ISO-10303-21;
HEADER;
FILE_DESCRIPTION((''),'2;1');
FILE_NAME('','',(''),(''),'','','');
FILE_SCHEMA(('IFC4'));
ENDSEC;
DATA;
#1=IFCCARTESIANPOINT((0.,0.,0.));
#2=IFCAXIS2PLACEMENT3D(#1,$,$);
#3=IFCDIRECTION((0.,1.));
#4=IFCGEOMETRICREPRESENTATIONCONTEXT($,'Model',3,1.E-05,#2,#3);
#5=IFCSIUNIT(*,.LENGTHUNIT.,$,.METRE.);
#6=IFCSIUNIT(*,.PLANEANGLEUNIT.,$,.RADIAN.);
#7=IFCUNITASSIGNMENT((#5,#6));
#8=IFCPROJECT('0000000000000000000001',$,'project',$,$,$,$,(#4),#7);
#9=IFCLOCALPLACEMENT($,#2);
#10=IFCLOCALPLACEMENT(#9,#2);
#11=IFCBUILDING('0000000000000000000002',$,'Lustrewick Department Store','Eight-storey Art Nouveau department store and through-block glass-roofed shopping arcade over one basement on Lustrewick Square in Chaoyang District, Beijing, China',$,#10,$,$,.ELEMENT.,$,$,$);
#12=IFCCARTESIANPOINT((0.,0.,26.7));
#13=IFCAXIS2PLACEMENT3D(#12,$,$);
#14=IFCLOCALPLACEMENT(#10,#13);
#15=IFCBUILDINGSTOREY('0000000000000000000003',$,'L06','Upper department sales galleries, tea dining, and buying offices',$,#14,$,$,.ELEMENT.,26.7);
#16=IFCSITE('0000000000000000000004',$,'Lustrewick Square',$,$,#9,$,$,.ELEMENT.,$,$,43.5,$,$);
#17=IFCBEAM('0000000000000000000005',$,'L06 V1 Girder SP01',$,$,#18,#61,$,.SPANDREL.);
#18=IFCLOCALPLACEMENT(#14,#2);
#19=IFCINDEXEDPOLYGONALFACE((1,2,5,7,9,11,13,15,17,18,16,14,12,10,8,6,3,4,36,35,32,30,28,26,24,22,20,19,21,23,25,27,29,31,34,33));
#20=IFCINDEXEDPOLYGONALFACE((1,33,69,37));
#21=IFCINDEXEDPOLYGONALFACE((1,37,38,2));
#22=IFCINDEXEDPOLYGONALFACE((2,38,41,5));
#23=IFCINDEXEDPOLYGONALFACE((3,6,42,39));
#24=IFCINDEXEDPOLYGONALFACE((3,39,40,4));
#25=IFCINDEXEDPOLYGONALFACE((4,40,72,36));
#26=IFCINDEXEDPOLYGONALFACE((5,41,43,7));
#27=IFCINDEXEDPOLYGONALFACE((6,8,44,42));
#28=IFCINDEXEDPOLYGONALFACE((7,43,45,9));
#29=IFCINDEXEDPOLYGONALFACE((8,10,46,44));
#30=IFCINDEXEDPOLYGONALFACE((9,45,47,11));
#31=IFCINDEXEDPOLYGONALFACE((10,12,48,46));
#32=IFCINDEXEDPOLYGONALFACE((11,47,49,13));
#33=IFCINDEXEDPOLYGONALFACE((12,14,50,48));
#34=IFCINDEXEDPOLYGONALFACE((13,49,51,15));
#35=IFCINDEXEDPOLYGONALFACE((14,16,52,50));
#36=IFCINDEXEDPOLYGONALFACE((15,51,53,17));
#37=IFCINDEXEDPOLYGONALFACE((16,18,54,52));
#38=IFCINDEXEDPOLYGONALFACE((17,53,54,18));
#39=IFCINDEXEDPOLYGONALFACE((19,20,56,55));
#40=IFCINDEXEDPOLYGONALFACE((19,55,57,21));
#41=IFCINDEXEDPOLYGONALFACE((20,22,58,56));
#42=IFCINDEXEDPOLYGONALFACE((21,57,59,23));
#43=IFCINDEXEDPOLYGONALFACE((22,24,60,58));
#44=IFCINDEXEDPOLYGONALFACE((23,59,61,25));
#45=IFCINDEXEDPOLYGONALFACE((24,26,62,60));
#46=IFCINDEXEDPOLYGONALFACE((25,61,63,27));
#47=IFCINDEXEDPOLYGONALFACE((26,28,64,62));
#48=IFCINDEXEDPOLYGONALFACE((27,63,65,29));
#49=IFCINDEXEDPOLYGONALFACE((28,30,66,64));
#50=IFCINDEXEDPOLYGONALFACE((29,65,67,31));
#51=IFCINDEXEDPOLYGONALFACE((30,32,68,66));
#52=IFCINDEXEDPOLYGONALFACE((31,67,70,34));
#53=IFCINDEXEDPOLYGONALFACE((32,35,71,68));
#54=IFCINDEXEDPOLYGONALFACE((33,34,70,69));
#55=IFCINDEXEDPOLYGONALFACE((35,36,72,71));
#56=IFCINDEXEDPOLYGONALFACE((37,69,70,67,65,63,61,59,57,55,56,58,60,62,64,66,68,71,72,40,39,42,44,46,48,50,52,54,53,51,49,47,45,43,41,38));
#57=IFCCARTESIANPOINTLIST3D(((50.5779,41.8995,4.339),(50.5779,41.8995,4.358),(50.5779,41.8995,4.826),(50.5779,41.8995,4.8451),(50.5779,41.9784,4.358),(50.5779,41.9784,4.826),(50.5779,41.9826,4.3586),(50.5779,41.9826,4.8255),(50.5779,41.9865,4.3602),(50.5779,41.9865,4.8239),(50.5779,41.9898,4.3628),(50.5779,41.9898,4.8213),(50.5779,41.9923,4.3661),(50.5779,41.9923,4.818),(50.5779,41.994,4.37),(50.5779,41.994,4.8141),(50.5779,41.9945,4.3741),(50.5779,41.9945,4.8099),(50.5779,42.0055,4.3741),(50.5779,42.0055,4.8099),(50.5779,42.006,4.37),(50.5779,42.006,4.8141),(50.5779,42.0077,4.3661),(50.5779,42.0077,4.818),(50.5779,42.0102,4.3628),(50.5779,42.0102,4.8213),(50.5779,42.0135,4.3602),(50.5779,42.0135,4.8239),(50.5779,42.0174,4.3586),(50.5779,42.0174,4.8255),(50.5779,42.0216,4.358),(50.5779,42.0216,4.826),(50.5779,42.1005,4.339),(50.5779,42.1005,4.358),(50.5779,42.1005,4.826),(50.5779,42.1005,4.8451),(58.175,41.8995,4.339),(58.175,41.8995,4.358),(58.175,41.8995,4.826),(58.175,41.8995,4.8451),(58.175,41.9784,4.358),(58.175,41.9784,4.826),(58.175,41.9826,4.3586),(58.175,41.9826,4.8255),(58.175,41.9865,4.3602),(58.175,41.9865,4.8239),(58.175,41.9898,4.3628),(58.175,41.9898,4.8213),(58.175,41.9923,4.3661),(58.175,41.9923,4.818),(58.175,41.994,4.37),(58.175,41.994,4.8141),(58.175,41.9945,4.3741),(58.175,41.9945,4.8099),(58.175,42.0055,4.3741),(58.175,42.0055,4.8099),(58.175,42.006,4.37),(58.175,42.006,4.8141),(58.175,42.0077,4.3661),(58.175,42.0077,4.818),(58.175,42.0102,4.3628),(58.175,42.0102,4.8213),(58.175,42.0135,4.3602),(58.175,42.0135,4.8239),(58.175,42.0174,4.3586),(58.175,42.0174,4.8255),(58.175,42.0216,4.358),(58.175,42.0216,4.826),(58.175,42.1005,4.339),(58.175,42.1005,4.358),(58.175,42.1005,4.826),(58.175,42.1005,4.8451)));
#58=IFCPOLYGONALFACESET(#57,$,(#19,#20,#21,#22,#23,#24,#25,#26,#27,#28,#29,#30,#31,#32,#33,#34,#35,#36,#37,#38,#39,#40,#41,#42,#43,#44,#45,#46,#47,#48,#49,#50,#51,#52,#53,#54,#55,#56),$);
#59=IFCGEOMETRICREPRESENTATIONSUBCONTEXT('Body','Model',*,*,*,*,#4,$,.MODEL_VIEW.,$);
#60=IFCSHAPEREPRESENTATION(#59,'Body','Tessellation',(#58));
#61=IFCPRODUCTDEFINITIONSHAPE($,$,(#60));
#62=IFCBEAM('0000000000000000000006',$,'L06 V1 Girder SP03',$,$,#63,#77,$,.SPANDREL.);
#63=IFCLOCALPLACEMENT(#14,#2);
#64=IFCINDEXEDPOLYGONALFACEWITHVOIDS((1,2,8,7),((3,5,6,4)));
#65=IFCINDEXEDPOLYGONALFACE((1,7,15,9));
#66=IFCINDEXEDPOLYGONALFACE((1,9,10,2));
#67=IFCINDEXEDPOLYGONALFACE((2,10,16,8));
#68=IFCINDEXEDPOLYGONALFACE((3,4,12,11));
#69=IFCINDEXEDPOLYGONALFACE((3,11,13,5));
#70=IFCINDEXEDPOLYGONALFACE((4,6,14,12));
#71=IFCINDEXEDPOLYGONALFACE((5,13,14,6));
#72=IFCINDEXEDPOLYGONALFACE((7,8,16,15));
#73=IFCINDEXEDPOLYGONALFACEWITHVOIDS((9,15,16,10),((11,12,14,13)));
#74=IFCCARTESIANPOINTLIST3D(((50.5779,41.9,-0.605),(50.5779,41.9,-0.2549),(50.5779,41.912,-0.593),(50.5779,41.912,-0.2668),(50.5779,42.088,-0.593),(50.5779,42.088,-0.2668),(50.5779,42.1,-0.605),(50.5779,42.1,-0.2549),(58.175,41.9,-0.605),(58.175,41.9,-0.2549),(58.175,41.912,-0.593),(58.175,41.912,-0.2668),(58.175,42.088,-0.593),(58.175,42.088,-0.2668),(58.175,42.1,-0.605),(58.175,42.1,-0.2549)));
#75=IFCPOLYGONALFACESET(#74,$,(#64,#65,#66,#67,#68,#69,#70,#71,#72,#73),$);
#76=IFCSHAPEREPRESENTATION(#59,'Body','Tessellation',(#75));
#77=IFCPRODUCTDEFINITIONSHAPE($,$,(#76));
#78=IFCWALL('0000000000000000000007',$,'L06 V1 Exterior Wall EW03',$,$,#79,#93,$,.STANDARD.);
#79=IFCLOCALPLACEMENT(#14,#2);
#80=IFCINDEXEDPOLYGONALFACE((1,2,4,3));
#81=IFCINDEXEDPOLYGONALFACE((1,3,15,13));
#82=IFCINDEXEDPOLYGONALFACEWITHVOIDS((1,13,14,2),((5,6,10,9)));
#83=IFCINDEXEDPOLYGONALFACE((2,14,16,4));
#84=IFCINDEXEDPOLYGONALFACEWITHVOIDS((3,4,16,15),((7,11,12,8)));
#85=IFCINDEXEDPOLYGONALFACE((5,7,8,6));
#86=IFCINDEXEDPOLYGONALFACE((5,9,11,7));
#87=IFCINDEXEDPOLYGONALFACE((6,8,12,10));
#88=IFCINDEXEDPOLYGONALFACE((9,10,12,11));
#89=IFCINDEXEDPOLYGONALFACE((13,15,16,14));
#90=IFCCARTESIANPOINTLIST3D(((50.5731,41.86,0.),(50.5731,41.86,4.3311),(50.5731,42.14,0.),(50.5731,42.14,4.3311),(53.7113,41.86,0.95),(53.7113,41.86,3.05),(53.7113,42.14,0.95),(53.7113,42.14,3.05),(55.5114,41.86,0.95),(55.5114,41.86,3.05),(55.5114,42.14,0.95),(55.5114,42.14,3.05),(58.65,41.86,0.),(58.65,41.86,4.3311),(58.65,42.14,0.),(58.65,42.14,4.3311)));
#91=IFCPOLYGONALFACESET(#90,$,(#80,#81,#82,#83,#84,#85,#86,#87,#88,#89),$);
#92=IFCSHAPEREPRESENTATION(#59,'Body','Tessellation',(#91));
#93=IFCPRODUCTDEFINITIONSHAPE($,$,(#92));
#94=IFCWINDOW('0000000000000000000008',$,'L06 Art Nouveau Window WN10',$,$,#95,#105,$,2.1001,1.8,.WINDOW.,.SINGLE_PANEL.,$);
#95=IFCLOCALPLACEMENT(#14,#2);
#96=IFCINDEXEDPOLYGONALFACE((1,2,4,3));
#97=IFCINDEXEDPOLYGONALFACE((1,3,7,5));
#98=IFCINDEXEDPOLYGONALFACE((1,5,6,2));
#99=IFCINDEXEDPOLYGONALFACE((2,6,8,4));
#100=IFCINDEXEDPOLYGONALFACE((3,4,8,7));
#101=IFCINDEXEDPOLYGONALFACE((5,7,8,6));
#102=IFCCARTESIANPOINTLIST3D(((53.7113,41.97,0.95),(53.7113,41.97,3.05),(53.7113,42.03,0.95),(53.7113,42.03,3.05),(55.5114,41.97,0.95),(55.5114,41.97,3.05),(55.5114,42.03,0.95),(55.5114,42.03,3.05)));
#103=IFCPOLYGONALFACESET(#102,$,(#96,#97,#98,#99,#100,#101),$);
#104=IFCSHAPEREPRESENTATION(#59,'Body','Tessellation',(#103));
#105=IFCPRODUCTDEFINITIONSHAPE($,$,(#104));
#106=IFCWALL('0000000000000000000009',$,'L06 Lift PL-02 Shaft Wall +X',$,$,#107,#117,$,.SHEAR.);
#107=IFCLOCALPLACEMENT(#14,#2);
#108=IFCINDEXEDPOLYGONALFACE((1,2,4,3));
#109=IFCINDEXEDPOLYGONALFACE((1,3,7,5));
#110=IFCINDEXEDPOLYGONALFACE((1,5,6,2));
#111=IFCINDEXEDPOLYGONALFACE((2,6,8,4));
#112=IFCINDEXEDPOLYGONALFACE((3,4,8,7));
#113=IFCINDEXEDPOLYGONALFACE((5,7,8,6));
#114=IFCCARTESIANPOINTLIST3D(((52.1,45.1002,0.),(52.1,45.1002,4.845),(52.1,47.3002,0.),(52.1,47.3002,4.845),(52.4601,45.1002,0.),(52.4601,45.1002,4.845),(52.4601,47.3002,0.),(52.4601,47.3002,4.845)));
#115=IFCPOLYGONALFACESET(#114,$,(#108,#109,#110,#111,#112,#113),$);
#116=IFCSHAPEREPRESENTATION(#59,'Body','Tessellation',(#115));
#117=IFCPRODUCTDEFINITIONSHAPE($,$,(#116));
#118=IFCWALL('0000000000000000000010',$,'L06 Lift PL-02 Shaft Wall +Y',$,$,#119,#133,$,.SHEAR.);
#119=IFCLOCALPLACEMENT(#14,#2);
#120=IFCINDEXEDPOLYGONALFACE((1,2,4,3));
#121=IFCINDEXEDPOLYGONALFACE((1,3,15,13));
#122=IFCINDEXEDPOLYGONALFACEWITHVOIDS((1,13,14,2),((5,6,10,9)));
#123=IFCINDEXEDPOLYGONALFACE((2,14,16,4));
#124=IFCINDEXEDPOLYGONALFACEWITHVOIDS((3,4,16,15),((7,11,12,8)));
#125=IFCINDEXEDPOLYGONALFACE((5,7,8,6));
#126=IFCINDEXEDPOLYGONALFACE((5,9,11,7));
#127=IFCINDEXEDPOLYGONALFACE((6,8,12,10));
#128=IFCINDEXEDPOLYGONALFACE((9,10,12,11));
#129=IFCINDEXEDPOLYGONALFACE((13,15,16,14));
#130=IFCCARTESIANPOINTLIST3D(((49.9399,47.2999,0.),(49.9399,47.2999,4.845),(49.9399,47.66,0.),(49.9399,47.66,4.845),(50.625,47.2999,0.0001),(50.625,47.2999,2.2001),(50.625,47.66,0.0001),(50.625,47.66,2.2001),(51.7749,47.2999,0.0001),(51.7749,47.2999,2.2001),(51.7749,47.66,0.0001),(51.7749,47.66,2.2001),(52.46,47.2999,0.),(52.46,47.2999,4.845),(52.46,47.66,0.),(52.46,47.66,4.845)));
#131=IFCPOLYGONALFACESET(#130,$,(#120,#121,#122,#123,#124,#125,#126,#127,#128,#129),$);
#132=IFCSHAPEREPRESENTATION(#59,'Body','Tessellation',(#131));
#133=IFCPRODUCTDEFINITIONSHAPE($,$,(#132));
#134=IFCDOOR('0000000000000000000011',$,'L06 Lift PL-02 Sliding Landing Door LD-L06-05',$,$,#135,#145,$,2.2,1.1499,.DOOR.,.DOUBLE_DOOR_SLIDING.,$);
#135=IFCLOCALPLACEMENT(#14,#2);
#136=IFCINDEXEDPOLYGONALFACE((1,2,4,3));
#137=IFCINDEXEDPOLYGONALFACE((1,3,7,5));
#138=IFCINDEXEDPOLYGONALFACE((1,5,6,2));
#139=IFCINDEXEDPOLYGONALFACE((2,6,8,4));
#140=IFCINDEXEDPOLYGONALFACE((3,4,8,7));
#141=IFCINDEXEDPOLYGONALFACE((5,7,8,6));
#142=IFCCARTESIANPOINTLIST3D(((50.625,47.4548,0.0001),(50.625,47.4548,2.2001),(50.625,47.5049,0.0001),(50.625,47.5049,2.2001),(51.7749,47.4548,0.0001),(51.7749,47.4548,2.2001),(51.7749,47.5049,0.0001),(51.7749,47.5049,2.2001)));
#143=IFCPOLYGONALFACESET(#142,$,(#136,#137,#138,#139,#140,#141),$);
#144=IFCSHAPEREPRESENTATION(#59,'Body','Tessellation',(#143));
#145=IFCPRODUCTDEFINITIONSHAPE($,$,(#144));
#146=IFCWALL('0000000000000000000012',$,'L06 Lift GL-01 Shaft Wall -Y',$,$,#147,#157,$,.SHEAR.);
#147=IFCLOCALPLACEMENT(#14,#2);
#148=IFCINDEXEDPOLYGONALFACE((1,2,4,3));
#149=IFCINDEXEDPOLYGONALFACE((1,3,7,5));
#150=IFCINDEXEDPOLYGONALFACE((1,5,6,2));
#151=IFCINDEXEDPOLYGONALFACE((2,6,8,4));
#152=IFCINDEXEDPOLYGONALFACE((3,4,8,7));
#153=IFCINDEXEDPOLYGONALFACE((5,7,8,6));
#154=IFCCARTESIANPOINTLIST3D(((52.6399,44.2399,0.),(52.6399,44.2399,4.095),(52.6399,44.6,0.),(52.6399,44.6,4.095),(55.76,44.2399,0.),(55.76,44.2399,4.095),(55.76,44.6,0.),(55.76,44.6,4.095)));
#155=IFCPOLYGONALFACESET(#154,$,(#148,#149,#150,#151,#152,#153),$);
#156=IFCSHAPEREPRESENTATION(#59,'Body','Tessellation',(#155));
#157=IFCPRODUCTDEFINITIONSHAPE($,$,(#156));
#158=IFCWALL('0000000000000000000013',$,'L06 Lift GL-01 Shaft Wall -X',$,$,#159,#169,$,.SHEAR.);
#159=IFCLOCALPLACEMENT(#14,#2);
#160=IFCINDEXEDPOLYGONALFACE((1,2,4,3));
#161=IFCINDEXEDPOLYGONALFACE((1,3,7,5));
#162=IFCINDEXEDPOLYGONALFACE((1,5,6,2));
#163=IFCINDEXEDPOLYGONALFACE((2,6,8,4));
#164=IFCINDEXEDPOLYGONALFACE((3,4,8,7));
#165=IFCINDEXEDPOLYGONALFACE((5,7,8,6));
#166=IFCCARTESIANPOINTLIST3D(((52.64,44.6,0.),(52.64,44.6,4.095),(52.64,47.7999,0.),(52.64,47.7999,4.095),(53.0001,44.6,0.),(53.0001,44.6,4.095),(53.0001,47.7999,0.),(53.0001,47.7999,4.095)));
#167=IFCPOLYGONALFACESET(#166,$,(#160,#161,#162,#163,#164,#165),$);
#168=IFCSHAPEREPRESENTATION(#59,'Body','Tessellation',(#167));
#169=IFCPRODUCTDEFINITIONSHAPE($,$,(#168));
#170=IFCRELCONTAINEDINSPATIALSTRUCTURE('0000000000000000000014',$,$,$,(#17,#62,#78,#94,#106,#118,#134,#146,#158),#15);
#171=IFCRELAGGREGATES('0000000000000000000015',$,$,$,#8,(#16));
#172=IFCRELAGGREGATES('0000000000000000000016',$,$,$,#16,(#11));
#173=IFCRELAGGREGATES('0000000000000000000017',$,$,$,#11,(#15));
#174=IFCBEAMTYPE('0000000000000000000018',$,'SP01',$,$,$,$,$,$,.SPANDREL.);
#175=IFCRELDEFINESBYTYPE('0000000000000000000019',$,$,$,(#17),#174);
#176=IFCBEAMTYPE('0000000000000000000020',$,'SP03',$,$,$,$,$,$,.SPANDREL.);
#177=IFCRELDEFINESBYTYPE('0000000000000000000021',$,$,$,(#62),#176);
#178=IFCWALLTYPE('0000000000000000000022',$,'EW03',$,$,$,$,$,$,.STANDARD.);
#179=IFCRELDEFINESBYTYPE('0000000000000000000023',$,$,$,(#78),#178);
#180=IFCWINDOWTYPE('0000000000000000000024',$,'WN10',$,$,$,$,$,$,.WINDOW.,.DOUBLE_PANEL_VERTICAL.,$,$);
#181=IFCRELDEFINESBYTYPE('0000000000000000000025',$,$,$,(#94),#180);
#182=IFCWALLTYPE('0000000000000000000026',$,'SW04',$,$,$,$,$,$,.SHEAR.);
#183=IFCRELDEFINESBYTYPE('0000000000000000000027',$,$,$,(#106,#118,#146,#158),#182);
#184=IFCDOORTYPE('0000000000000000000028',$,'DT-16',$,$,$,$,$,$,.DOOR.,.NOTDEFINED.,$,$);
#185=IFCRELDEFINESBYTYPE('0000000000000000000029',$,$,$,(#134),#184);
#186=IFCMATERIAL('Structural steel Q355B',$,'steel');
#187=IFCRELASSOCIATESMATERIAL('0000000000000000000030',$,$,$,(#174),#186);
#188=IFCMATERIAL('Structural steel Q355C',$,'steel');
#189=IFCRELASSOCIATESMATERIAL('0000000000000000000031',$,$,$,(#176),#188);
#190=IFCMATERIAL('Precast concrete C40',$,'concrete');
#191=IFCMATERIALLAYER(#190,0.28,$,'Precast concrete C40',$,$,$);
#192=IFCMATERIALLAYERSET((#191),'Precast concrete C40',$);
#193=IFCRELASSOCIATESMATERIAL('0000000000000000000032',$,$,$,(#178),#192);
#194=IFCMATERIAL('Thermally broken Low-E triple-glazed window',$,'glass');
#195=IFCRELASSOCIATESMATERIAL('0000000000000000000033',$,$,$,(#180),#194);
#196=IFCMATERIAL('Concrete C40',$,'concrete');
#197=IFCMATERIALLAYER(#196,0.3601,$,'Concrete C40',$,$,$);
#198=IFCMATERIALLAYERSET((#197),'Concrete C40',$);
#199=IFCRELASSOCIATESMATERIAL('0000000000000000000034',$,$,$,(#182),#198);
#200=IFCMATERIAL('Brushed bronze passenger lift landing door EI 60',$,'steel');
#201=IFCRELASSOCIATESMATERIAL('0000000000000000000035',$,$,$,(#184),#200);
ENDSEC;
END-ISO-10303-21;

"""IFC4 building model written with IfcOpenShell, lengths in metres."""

from ifc_helpers import new_model, si_unit, direction, frame, frame_2d, origin, origin_2d, place, context, subcontext, project, spatial, rectangle, hollow_rectangle, i_section, extrude, material, layer, layer_set, material_profile, profile_set, type_object, element, fill, save


model = new_model("IFC4")

# Units and contexts
model_context = context("Model", 3, precision=1e-05, world=origin(), true_north=direction((0.0, 1.0)))
body_context = subcontext(model_context, "Body", "Model", "MODEL_VIEW")
ifc_project = project(units=[si_unit("LENGTHUNIT", "METRE"), si_unit("PLANEANGLEUNIT", "RADIAN")], contexts=[model_context])

# Site, building, storey
site_placement = place(None, origin())
site = spatial("IfcSite", under=ifc_project, at=site_placement, Name="Lustrewick Square", CompositionType="ELEMENT", RefElevation=43.5)
building_placement = place(site_placement, origin())
building = spatial("IfcBuilding", under=site, at=building_placement, Name="Lustrewick Department Store", Description="Eight-storey Art Nouveau department store and through-block glass-roofed shopping arcade over one basement on Lustrewick Square in Chaoyang District, Beijing, China", CompositionType="ELEMENT")
storey_placement = place(building_placement, frame((0.0, 0.0, 26.7)))
storey = spatial("IfcBuildingStorey", under=building, at=storey_placement, Name="L06", Description="Upper department sales galleries, tea dining, and buying offices", CompositionType="ELEMENT", Elevation=26.7)

# Shared definitions
ifc_material_1 = material(Name="Structural steel Q355B", Category="steel")

# Beams
ifc_material_2 = material(Name="Structural steel Q355C", Category="steel")
ifc_material_profile_1 = material_profile(ifc_material_1, i_section(OverallWidth=0.2009, OverallDepth=0.5061, WebThickness=0.011, FlangeThickness=0.019, FilletRadius=0.0161, at=origin_2d()), Name="HN 506x201x11x19")
ifc_profile_set_1 = profile_set([ifc_material_profile_1], Name="Structural steel Q355B")
beam_type_1 = type_object("IfcBeamType", Name="SP01", PredefinedType="SPANDREL", material=ifc_profile_set_1)
beam_1_placement = place(storey_placement, frame((50.5779, 42.0, 4.592), z_axis=(1.0, 0.0, 0.0), x_axis=(0.0, 1.0, 0.0)))
element("IfcBeam", 1, at=beam_1_placement, inside=storey, type_object=beam_type_1, Name="L06 V1 Girder SP01", PredefinedType="SPANDREL", context=body_context, shape_type="SweptSolid", body=[
    extrude(i_section(OverallWidth=0.2009, OverallDepth=0.5061, WebThickness=0.011, FlangeThickness=0.019, FilletRadius=0.0161, at=origin_2d()), origin(), (0.0, 0.0, 1.0), 7.5972),
])
ifc_material_profile_2 = material_profile(ifc_material_2, hollow_rectangle(XDim=0.2, YDim=0.3501, WallThickness=0.012, at=origin_2d()), Name="RHS 350x200x12")
ifc_profile_set_2 = profile_set([ifc_material_profile_2], Name="Structural steel Q355C")
beam_type_2 = type_object("IfcBeamType", Name="SP03", PredefinedType="SPANDREL", material=ifc_profile_set_2)
beam_2_placement = place(storey_placement, frame((50.5779, 42.0, -0.4299), z_axis=(1.0, 0.0, 0.0), x_axis=(0.0, 1.0, 0.0)))
element("IfcBeam", 2, at=beam_2_placement, inside=storey, type_object=beam_type_2, Name="L06 V1 Girder SP03", PredefinedType="SPANDREL", context=body_context, shape_type="SweptSolid", body=[
    extrude(hollow_rectangle(XDim=0.2, YDim=0.3501, WallThickness=0.012, at=origin_2d()), origin(), (0.0, 0.0, 1.0), 7.5972),
])

# Wall, opening, window
ifc_material_3 = material(Name="Precast concrete C40", Category="concrete")
ifc_layer_1 = layer(ifc_material_3, 0.28, Name="Precast concrete C40")
ifc_layer_set_1 = layer_set([ifc_layer_1], Name="Precast concrete C40")
wall_type_1 = type_object("IfcWallType", Name="EW03", PredefinedType="STANDARD", material=ifc_layer_set_1)
wall_1_placement = place(storey_placement, frame((50.573, 42.0, 0.0), z_axis=(0.0, 0.0, 1.0), x_axis=(1.0, 0.0, 0.0)))
wall_1 = element("IfcWall", 3, at=wall_1_placement, inside=storey, type_object=wall_type_1, Name="L06 V1 Exterior Wall EW03", PredefinedType="STANDARD", context=body_context, shape_type="SweptSolid", body=[
    extrude(rectangle(XDim=8.0769, YDim=0.28, at=frame_2d((4.0386, 0.0))), origin(), (0.0, 0.0, 1.0), 4.3311),
])
opening_1_placement = place(wall_1_placement, frame((3.1384, 0.0, 0.95)))
opening_1 = element("IfcOpeningElement", 4, at=opening_1_placement, cuts=wall_1, PredefinedType="OPENING", context=body_context, shape_type="SweptSolid", body=[
    extrude(rectangle(XDim=1.8, YDim=2.1001, at=frame_2d((0.8999, 1.05))), frame((0.0, 0.1499, 0.0), z_axis=(0.0, -1.0, 0.0), x_axis=(1.0, 0.0, 0.0)), (0.0, 0.0, 1.0), 0.3),
])
ifc_material_4 = material(Name="Thermally broken Low-E triple-glazed window", Category="glass")
window_type = type_object("IfcWindowType", Name="WN10", PartitioningType="DOUBLE_PANEL_VERTICAL", PredefinedType="WINDOW", material=ifc_material_4)
window_placement = place(opening_1_placement, origin())
window = element("IfcWindow", 5, at=window_placement, inside=storey, type_object=window_type, Name="L06 Art Nouveau Window WN10", OverallHeight=2.1001, OverallWidth=1.8, PartitioningType="SINGLE_PANEL", PredefinedType="WINDOW", context=body_context, shape_type="SweptSolid", body=[
    extrude(rectangle(XDim=1.8, YDim=2.1001, at=frame_2d((0.8999, 1.05))), frame((0.0, 0.03, 0.0), z_axis=(0.0, -1.0, 0.0), x_axis=(1.0, 0.0, 0.0)), (0.0, 0.0, 1.0), 0.0601),
])
fill(opening_1, window)

# Wall
ifc_material_5 = material(Name="Concrete C40", Category="concrete")
ifc_layer_2 = layer(ifc_material_5, 0.3601, Name="Concrete C40")
ifc_layer_set_2 = layer_set([ifc_layer_2], Name="Concrete C40")
wall_type_2 = type_object("IfcWallType", Name="SW04", PredefinedType="SHEAR", material=ifc_layer_set_2)
wall_2_placement = place(storey_placement, frame((52.28, 45.1001, 0.0), z_axis=(0.0, 0.0, 1.0), x_axis=(0.0, 1.0, 0.0)))
element("IfcWall", 6, at=wall_2_placement, inside=storey, type_object=wall_type_2, Name="L06 Lift PL-02 Shaft Wall +X", PredefinedType="SHEAR", context=body_context, shape_type="SweptSolid", body=[
    extrude(rectangle(XDim=2.2, YDim=0.3601, at=frame_2d((1.1001, 0.0))), origin(), (0.0, 0.0, 1.0), 4.845),
])

# Wall, opening, door
wall_3_placement = place(storey_placement, frame((52.46, 47.48, 0.0), z_axis=(0.0, 0.0, 1.0), x_axis=(-1.0, 0.0, 0.0)))
wall_3 = element("IfcWall", 7, at=wall_3_placement, inside=storey, type_object=wall_type_2, Name="L06 Lift PL-02 Shaft Wall +Y", PredefinedType="SHEAR", context=body_context, shape_type="SweptSolid", body=[
    extrude(rectangle(XDim=2.52, YDim=0.3601, at=frame_2d((1.26, 0.0))), origin(), (0.0, 0.0, 1.0), 4.845),
])
opening_2_placement = place(wall_3_placement, frame((0.6851, 0.0, 0.0)))
opening_2 = element("IfcOpeningElement", 8, at=opening_2_placement, cuts=wall_3, PredefinedType="OPENING", context=body_context, shape_type="SweptSolid", body=[
    extrude(rectangle(XDim=1.1499, YDim=2.2, at=frame_2d((0.575, 1.1001))), frame((0.0, 0.1899, 0.0), z_axis=(0.0, -1.0, 0.0), x_axis=(1.0, 0.0, 0.0)), (0.0, 0.0, 1.0), 0.3801),
])
ifc_material_6 = material(Name="Brushed bronze passenger lift landing door EI 60", Category="steel")
door_type = type_object("IfcDoorType", Name="DT-16", OperationType="NOTDEFINED", PredefinedType="DOOR", material=ifc_material_6)
door_placement = place(opening_2_placement, frame((1.1499, 0.0, 0.0), z_axis=(0.0, 0.0, 1.0), x_axis=(-1.0, 0.0, 0.0)))
door = element("IfcDoor", 9, at=door_placement, inside=storey, type_object=door_type, Name="L06 Lift PL-02 Sliding Landing Door LD-L06-05", OperationType="DOUBLE_DOOR_SLIDING", OverallHeight=2.2, OverallWidth=1.1499, PredefinedType="DOOR", context=body_context, shape_type="SweptSolid", body=[
    extrude(rectangle(XDim=1.1499, YDim=2.2, at=frame_2d((0.575, 1.1001))), frame((0.0, 0.0249, 0.0), z_axis=(0.0, -1.0, 0.0), x_axis=(1.0, 0.0, 0.0)), (0.0, 0.0, 1.0), 0.05),
])
fill(opening_2, door)

# Walls
wall_4_placement = place(storey_placement, frame((52.6399, 44.4199, 0.0), z_axis=(0.0, 0.0, 1.0), x_axis=(1.0, 0.0, 0.0)))
element("IfcWall", 10, at=wall_4_placement, inside=storey, type_object=wall_type_2, Name="L06 Lift GL-01 Shaft Wall -Y", PredefinedType="SHEAR", context=body_context, shape_type="SweptSolid", body=[
    extrude(rectangle(XDim=3.1201, YDim=0.3601, at=frame_2d((1.5601, 0.0))), origin(), (0.0, 0.0, 1.0), 4.095),
])
wall_5_placement = place(storey_placement, frame((52.8201, 47.8, 0.0), z_axis=(0.0, 0.0, 1.0), x_axis=(0.0, -1.0, 0.0)))
element("IfcWall", 11, at=wall_5_placement, inside=storey, type_object=wall_type_2, Name="L06 Lift GL-01 Shaft Wall -X", PredefinedType="SHEAR", context=body_context, shape_type="SweptSolid", body=[
    extrude(rectangle(XDim=3.2, YDim=0.3601, at=frame_2d((1.6001, 0.0))), origin(), (0.0, 0.0, 1.0), 4.095),
])

save(model, "model.ifc")
